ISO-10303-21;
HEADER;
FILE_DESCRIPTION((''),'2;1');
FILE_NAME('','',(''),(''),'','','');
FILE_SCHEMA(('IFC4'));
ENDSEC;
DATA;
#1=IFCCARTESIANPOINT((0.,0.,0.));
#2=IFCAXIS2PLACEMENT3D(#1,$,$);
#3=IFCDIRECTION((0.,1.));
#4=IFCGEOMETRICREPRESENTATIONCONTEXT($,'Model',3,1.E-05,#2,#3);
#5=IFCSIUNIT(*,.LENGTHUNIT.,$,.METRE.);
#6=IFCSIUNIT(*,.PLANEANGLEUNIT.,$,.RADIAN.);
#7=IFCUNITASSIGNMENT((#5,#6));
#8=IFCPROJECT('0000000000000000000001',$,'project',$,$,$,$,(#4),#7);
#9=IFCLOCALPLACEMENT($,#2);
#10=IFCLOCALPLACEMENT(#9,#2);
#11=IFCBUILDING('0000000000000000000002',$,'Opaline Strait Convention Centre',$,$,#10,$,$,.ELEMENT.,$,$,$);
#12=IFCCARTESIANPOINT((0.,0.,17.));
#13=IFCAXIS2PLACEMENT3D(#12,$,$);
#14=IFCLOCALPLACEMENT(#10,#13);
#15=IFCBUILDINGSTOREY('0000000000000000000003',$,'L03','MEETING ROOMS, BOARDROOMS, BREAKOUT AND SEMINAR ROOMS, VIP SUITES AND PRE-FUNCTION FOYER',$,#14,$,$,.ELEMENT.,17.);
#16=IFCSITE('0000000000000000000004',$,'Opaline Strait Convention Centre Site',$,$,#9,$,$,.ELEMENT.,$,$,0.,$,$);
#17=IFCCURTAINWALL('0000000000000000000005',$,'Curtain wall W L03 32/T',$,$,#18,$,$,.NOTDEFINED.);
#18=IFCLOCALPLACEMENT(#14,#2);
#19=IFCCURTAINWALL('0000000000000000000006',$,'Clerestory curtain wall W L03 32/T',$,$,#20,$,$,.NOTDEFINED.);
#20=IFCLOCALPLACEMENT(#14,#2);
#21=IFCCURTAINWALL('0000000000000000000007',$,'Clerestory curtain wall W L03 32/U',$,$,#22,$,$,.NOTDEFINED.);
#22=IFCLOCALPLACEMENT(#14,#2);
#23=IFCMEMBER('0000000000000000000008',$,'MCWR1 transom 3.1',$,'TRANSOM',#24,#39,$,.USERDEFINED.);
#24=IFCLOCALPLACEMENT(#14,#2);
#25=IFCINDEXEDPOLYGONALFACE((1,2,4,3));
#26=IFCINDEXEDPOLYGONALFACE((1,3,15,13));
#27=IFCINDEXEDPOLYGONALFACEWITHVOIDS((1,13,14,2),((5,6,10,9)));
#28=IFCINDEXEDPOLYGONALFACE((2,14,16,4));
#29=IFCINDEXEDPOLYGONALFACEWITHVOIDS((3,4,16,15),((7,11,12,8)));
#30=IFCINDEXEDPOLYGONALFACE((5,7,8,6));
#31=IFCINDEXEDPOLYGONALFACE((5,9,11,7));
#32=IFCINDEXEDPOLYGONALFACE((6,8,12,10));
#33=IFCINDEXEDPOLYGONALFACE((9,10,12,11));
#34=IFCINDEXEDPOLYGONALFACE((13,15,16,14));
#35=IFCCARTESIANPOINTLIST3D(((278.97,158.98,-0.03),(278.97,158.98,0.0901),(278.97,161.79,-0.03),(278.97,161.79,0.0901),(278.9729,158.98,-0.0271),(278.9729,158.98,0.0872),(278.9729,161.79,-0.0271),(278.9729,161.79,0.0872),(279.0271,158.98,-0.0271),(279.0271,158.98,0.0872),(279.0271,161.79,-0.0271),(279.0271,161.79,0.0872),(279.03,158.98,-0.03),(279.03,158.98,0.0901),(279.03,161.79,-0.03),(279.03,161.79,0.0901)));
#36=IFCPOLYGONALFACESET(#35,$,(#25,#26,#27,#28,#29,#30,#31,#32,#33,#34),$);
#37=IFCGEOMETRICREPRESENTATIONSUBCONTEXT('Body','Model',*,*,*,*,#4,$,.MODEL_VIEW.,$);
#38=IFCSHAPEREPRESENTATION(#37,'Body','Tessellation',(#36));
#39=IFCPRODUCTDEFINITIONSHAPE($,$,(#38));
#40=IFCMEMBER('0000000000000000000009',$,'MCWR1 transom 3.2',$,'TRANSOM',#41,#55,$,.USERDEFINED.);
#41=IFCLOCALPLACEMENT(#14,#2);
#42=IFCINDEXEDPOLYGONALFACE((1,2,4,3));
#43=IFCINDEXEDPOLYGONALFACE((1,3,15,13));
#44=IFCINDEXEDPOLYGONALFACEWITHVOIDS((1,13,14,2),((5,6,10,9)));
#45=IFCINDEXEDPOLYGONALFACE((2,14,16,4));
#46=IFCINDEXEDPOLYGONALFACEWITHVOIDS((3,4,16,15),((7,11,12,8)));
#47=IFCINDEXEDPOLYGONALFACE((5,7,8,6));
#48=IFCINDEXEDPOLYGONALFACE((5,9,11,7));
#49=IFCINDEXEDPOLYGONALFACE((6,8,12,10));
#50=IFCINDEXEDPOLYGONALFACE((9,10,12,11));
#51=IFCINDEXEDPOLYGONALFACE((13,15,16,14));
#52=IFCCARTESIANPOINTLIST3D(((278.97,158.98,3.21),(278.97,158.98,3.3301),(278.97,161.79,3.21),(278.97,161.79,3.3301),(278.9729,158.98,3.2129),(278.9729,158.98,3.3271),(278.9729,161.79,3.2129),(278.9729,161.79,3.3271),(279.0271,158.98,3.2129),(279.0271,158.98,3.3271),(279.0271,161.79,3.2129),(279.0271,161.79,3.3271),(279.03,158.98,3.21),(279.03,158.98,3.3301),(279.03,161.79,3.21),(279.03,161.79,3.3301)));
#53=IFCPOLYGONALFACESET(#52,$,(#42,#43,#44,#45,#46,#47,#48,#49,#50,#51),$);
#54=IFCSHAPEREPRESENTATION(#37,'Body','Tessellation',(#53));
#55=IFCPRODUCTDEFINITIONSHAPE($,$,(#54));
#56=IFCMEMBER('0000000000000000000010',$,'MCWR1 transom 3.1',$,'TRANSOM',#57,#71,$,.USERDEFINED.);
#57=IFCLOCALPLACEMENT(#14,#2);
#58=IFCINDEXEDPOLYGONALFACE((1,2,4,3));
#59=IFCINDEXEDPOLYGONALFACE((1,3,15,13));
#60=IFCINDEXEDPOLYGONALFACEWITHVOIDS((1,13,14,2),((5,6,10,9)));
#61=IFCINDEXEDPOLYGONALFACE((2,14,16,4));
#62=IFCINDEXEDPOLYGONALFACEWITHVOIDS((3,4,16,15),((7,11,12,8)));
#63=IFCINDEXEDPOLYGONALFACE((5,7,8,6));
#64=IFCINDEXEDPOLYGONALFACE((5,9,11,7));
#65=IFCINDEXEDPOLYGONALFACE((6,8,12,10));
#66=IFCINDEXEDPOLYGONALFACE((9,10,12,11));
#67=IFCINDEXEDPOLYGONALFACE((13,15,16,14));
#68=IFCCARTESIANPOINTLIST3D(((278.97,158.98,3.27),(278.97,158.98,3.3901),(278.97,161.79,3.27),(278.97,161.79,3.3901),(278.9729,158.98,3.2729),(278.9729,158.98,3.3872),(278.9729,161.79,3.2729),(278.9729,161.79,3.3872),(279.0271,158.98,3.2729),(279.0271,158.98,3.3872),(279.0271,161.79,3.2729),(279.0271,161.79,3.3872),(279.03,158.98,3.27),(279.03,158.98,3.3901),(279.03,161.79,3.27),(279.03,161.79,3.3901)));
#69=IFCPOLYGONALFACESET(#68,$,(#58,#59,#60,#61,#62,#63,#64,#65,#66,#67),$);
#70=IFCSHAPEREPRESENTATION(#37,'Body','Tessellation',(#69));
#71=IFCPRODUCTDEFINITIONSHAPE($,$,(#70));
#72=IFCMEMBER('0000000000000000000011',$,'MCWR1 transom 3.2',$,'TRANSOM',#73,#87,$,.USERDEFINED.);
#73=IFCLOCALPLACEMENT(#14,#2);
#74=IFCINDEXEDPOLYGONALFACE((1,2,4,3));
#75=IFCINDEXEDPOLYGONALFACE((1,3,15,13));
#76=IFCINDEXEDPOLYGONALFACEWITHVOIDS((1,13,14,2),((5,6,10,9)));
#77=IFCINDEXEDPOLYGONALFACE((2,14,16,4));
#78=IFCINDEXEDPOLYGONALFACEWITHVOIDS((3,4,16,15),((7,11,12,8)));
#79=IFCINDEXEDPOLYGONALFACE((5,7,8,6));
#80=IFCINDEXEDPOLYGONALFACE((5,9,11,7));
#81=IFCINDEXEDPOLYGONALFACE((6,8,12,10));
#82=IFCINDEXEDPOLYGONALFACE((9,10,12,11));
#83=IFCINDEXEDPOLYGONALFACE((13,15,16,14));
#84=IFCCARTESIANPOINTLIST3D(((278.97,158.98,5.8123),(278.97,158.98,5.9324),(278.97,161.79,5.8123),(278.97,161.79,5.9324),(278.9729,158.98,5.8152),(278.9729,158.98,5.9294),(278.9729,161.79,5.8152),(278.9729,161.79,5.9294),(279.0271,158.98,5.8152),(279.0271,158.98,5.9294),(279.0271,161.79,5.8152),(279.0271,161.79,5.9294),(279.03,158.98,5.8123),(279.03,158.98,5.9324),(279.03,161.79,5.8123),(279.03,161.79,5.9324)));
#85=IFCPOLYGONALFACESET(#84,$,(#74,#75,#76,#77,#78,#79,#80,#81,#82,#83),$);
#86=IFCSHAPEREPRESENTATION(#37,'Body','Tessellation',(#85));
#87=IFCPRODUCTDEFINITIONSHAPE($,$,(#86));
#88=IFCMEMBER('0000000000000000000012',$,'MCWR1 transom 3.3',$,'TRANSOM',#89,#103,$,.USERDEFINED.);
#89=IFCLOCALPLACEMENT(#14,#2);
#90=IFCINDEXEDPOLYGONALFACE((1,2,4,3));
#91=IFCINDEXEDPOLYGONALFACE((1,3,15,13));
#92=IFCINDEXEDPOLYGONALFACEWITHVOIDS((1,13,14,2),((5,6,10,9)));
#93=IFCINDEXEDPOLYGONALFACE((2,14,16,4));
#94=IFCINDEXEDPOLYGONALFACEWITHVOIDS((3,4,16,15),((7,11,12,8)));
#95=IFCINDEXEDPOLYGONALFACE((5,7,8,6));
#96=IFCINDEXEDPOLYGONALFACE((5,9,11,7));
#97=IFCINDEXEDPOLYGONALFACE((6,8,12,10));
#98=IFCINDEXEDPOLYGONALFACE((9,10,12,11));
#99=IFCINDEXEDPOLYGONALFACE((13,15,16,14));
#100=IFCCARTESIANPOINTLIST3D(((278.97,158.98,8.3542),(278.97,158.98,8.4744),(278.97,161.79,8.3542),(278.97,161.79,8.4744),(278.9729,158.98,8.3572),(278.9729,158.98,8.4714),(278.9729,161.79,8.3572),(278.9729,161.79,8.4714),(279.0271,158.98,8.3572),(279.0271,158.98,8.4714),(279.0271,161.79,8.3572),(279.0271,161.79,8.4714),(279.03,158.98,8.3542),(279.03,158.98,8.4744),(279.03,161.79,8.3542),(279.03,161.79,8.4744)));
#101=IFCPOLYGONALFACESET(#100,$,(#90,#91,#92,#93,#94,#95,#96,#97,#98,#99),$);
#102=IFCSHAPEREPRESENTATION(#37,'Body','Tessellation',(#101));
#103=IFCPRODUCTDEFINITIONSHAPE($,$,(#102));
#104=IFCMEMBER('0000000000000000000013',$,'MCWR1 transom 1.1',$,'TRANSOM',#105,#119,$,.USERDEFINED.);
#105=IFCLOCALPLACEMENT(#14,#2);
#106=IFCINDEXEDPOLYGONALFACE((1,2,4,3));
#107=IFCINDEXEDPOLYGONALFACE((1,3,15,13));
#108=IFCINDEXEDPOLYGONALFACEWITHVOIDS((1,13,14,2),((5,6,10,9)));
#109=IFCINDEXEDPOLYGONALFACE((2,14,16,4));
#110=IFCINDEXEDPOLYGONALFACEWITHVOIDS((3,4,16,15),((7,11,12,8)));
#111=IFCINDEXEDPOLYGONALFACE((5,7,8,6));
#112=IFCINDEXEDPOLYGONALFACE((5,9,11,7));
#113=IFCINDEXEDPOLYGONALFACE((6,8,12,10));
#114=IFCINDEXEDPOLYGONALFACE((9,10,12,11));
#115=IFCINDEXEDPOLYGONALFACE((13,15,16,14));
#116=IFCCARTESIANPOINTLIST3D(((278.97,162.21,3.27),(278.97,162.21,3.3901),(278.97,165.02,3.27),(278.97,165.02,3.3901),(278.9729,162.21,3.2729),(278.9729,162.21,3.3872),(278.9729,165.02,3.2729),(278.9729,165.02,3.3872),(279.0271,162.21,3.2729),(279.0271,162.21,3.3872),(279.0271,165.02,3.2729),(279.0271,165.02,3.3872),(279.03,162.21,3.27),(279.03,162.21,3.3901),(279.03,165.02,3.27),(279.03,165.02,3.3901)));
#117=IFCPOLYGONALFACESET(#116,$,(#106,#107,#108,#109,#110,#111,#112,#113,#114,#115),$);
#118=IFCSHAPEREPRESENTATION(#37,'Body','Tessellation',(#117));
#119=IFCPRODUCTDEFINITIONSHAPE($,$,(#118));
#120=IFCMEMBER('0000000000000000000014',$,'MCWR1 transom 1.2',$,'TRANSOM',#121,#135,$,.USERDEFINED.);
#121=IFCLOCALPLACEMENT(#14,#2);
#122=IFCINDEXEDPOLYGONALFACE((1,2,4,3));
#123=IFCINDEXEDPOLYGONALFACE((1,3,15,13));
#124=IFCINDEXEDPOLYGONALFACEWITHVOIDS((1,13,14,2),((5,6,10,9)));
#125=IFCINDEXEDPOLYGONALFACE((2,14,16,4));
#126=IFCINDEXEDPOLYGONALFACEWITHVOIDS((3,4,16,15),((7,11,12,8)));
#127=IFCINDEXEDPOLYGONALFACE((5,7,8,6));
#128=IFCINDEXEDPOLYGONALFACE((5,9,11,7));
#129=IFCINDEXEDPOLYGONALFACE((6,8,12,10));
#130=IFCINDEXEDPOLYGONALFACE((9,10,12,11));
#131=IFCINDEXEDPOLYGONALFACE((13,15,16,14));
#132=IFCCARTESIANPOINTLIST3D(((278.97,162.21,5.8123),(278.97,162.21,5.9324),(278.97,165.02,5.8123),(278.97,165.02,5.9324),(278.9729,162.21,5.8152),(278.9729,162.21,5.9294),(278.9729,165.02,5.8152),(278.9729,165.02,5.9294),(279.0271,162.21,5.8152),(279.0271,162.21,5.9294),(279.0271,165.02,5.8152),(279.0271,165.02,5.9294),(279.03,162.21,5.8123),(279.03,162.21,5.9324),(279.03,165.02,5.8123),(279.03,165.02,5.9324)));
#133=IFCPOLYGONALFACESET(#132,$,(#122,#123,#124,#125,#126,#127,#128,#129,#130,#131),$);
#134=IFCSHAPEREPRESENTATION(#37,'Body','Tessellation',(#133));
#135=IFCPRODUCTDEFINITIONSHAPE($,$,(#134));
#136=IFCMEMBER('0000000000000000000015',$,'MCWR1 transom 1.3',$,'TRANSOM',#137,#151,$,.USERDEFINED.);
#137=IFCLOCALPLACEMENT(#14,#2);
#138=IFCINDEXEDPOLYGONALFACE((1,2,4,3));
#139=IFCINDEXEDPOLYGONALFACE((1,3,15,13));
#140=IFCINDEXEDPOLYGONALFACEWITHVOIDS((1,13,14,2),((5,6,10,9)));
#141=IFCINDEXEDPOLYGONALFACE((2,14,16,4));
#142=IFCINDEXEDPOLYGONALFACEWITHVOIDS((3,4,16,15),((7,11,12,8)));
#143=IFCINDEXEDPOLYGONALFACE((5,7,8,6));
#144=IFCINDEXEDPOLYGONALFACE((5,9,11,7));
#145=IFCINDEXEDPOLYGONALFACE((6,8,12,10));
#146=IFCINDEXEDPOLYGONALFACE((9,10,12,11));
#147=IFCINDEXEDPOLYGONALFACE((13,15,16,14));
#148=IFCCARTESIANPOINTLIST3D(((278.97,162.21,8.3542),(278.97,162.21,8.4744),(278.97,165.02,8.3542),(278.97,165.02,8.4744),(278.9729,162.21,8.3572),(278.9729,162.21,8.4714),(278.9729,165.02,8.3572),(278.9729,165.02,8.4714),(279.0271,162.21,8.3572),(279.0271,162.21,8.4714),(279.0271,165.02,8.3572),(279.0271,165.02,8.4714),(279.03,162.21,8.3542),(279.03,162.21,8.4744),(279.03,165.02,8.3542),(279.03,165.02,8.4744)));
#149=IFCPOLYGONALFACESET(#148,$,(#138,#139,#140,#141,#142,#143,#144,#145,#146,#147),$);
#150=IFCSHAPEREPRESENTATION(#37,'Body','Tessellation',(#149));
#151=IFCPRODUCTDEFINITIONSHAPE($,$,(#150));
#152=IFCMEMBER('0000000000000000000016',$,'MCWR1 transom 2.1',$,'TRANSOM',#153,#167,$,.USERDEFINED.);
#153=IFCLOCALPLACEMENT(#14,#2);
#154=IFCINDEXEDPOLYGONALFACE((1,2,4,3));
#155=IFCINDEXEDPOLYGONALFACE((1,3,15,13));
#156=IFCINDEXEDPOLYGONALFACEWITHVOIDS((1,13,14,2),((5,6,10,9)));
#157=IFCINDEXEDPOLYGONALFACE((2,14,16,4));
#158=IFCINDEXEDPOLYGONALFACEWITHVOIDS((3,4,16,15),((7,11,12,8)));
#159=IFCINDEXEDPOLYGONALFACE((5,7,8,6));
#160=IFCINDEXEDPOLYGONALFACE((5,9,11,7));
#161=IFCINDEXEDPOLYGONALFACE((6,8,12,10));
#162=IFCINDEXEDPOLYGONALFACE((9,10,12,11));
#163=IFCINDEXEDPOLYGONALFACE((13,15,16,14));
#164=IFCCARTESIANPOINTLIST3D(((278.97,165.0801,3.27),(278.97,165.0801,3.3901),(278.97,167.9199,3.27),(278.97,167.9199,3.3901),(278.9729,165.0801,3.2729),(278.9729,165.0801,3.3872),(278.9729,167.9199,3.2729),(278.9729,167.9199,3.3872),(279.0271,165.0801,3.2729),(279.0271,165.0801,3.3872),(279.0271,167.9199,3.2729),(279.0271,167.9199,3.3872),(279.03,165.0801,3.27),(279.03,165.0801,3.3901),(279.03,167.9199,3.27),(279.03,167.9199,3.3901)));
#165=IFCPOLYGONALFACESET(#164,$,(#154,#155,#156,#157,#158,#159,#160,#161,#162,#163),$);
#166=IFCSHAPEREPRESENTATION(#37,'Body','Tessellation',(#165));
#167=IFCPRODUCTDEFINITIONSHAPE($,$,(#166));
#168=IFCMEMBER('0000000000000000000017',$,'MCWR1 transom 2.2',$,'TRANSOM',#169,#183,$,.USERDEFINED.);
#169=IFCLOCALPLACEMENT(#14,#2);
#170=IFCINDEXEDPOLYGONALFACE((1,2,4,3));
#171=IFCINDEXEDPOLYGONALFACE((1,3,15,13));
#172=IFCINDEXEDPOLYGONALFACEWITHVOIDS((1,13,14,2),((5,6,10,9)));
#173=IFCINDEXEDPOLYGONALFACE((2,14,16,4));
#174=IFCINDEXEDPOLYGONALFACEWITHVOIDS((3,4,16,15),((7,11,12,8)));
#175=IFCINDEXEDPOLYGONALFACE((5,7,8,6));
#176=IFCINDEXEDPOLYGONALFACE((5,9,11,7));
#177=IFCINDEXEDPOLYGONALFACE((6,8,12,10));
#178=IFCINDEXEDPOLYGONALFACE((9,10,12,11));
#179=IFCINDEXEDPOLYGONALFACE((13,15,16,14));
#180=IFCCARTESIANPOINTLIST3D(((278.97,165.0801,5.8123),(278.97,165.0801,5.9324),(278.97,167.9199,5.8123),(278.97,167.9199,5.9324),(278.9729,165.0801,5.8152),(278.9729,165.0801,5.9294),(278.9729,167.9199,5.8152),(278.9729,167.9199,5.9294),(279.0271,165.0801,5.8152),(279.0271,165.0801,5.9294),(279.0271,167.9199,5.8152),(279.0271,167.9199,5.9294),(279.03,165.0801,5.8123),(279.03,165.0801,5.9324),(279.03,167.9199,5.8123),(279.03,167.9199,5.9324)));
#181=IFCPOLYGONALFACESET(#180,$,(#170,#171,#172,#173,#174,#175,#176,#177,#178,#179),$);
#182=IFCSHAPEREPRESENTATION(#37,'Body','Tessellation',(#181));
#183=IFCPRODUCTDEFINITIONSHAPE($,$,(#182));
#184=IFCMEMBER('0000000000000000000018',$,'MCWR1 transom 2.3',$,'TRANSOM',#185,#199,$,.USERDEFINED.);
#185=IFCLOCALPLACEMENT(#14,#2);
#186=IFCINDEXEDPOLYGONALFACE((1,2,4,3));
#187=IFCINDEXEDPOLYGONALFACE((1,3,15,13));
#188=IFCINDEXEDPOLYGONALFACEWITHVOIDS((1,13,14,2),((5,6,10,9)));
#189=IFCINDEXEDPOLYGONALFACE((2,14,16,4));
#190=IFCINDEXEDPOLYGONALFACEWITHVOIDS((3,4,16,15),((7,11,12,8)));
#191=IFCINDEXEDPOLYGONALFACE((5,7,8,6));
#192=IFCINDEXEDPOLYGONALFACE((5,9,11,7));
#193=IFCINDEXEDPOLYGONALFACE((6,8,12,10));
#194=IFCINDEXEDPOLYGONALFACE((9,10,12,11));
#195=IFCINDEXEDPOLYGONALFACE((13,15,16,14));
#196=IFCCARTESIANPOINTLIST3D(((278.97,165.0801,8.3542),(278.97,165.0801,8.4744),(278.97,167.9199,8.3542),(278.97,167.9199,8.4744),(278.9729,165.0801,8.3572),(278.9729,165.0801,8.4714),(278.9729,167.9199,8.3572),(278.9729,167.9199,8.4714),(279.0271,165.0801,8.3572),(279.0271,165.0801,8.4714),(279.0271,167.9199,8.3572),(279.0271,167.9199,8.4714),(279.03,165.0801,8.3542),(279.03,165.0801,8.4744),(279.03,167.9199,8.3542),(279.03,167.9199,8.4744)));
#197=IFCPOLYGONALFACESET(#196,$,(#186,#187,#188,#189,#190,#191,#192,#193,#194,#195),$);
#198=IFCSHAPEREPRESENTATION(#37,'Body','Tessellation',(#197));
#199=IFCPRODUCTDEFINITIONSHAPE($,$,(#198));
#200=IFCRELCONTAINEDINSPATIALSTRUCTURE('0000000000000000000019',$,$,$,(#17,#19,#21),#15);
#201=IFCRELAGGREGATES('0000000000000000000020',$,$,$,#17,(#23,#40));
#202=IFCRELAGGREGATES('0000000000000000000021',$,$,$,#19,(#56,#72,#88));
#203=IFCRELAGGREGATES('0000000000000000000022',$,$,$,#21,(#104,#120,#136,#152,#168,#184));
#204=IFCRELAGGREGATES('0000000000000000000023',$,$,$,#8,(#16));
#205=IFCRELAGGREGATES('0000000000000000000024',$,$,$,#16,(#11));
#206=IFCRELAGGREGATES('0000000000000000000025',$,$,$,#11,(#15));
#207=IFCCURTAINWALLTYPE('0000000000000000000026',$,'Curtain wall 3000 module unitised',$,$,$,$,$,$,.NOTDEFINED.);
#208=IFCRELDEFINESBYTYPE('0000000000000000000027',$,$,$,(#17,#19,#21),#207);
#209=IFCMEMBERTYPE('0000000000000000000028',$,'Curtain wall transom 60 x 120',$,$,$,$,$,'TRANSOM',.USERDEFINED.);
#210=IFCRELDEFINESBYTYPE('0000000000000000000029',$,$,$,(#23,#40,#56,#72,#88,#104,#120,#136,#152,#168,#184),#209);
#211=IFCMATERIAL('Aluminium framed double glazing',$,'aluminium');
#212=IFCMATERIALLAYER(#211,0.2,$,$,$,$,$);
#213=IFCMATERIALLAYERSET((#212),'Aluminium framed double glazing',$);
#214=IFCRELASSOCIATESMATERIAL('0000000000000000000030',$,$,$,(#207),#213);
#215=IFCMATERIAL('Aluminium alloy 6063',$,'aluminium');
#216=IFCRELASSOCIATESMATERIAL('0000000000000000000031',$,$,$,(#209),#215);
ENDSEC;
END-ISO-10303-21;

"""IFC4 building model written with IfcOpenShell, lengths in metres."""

from ifc_helpers import new_model, si_unit, direction, frame, origin, origin_2d, place, context, subcontext, project, spatial, hollow_rectangle, extrude, material, layer, layer_set, material_profile, profile_set, type_object, element, aggregate, save


model = new_model("IFC4")

# Units and contexts
model_context = context("Model", 3, precision=1e-05, world=origin(), true_north=direction((0.0, 1.0)))
body_context = subcontext(model_context, "Body", "Model", "MODEL_VIEW")
ifc_project = project(units=[si_unit("LENGTHUNIT", "METRE"), si_unit("PLANEANGLEUNIT", "RADIAN")], contexts=[model_context])

# Site, building, storey
site_placement = place(None, origin())
site = spatial("IfcSite", under=ifc_project, at=site_placement, Name="Opaline Strait Convention Centre Site", CompositionType="ELEMENT", RefElevation=0.0)
building_placement = place(site_placement, origin())
building = spatial("IfcBuilding", under=site, at=building_placement, Name="Opaline Strait Convention Centre", CompositionType="ELEMENT")
storey_placement = place(building_placement, frame((0.0, 0.0, 17.0)))
storey = spatial("IfcBuildingStorey", under=building, at=storey_placement, Name="L03", Description="MEETING ROOMS, BOARDROOMS, BREAKOUT AND SEMINAR ROOMS, VIP SUITES AND PRE-FUNCTION FOYER", CompositionType="ELEMENT", Elevation=17.0)

# Curtain walls
ifc_material_1 = material(Name="Aluminium framed double glazing", Category="aluminium")
ifc_layer_1 = layer(ifc_material_1, 0.2)
ifc_layer_set_1 = layer_set([ifc_layer_1], Name="Aluminium framed double glazing")
curtain_wall_type = type_object("IfcCurtainWallType", Name="Curtain wall 3000 module unitised", PredefinedType="NOTDEFINED", material=ifc_layer_set_1)
curtain_wall_1_placement = place(storey_placement, origin())
curtain_wall_1 = element("IfcCurtainWall", 1, at=curtain_wall_1_placement, inside=storey, type_object=curtain_wall_type, Name="Curtain wall W L03 32/T", PredefinedType="NOTDEFINED")
ifc_material_2 = material(Name="Aluminium alloy 6063", Category="aluminium")
curtain_wall_2_placement = place(storey_placement, origin())
curtain_wall_2 = element("IfcCurtainWall", 2, at=curtain_wall_2_placement, inside=storey, type_object=curtain_wall_type, Name="Clerestory curtain wall W L03 32/T", PredefinedType="NOTDEFINED")
curtain_wall_3_placement = place(storey_placement, origin())
curtain_wall_3 = element("IfcCurtainWall", 3, at=curtain_wall_3_placement, inside=storey, type_object=curtain_wall_type, Name="Clerestory curtain wall W L03 32/U", PredefinedType="NOTDEFINED")

# Members
ifc_material_profile_1 = material_profile(ifc_material_2, hollow_rectangle(XDim=0.0601, YDim=0.1201, WallThickness=0.0029, at=origin_2d()), Name="TRANSOM 60x120x3")
ifc_profile_set_1 = profile_set([ifc_material_profile_1], Name="Aluminium alloy 6063")
member_type_1 = type_object("IfcMemberType", Name="Curtain wall transom 60 x 120", ElementType="TRANSOM", PredefinedType="USERDEFINED", material=ifc_profile_set_1)
member_1_placement = place(storey_placement, frame((279.0, 158.98, 0.03), z_axis=(0.0, 1.0, 0.0), x_axis=(-1.0, 0.0, 0.0)))
member_1 = element("IfcMember", 4, at=member_1_placement, type_object=member_type_1, Name="MCWR1 transom 3.1", ObjectType="TRANSOM", PredefinedType="USERDEFINED", context=body_context, shape_type="SweptSolid", body=[
    extrude(hollow_rectangle(XDim=0.0601, YDim=0.1201, WallThickness=0.0029, at=origin_2d()), origin(), (0.0, 0.0, 1.0), 2.8101),
])
member_2_placement = place(storey_placement, frame((279.0, 158.98, 3.27), z_axis=(0.0, 1.0, 0.0), x_axis=(-1.0, 0.0, 0.0)))
member_2 = element("IfcMember", 5, at=member_2_placement, type_object=member_type_1, Name="MCWR1 transom 3.2", ObjectType="TRANSOM", PredefinedType="USERDEFINED", context=body_context, shape_type="SweptSolid", body=[
    extrude(hollow_rectangle(XDim=0.0601, YDim=0.1201, WallThickness=0.0029, at=origin_2d()), origin(), (0.0, 0.0, 1.0), 2.8101),
])
member_3_placement = place(storey_placement, frame((279.0, 158.98, 3.3301), z_axis=(0.0, 1.0, 0.0), x_axis=(-1.0, 0.0, 0.0)))
member_3 = element("IfcMember", 6, at=member_3_placement, type_object=member_type_1, Name="MCWR1 transom 3.1", ObjectType="TRANSOM", PredefinedType="USERDEFINED", context=body_context, shape_type="SweptSolid", body=[
    extrude(hollow_rectangle(XDim=0.0601, YDim=0.1201, WallThickness=0.0029, at=origin_2d()), origin(), (0.0, 0.0, 1.0), 2.8101),
])
member_4_placement = place(storey_placement, frame((279.0, 158.98, 5.8723), z_axis=(0.0, 1.0, 0.0), x_axis=(-1.0, 0.0, 0.0)))
member_4 = element("IfcMember", 7, at=member_4_placement, type_object=member_type_1, Name="MCWR1 transom 3.2", ObjectType="TRANSOM", PredefinedType="USERDEFINED", context=body_context, shape_type="SweptSolid", body=[
    extrude(hollow_rectangle(XDim=0.0601, YDim=0.1201, WallThickness=0.0029, at=origin_2d()), origin(), (0.0, 0.0, 1.0), 2.8101),
])
member_5_placement = place(storey_placement, frame((279.0, 158.98, 8.4143), z_axis=(0.0, 1.0, 0.0), x_axis=(-1.0, 0.0, 0.0)))
member_5 = element("IfcMember", 8, at=member_5_placement, type_object=member_type_1, Name="MCWR1 transom 3.3", ObjectType="TRANSOM", PredefinedType="USERDEFINED", context=body_context, shape_type="SweptSolid", body=[
    extrude(hollow_rectangle(XDim=0.0601, YDim=0.1201, WallThickness=0.0029, at=origin_2d()), origin(), (0.0, 0.0, 1.0), 2.8101),
])
member_6_placement = place(storey_placement, frame((279.0, 162.21, 3.3301), z_axis=(0.0, 1.0, 0.0), x_axis=(-1.0, 0.0, 0.0)))
member_6 = element("IfcMember", 9, at=member_6_placement, type_object=member_type_1, Name="MCWR1 transom 1.1", ObjectType="TRANSOM", PredefinedType="USERDEFINED", context=body_context, shape_type="SweptSolid", body=[
    extrude(hollow_rectangle(XDim=0.0601, YDim=0.1201, WallThickness=0.0029, at=origin_2d()), origin(), (0.0, 0.0, 1.0), 2.8101),
])
member_7_placement = place(storey_placement, frame((279.0, 162.21, 5.8723), z_axis=(0.0, 1.0, 0.0), x_axis=(-1.0, 0.0, 0.0)))
member_7 = element("IfcMember", 10, at=member_7_placement, type_object=member_type_1, Name="MCWR1 transom 1.2", ObjectType="TRANSOM", PredefinedType="USERDEFINED", context=body_context, shape_type="SweptSolid", body=[
    extrude(hollow_rectangle(XDim=0.0601, YDim=0.1201, WallThickness=0.0029, at=origin_2d()), origin(), (0.0, 0.0, 1.0), 2.8101),
])
member_8_placement = place(storey_placement, frame((279.0, 162.21, 8.4143), z_axis=(0.0, 1.0, 0.0), x_axis=(-1.0, 0.0, 0.0)))
member_8 = element("IfcMember", 11, at=member_8_placement, type_object=member_type_1, Name="MCWR1 transom 1.3", ObjectType="TRANSOM", PredefinedType="USERDEFINED", context=body_context, shape_type="SweptSolid", body=[
    extrude(hollow_rectangle(XDim=0.0601, YDim=0.1201, WallThickness=0.0029, at=origin_2d()), origin(), (0.0, 0.0, 1.0), 2.8101),
])
member_9_placement = place(storey_placement, frame((279.0, 165.0801, 3.3301), z_axis=(0.0, 1.0, 0.0), x_axis=(-1.0, 0.0, 0.0)))
member_9 = element("IfcMember", 12, at=member_9_placement, type_object=member_type_1, Name="MCWR1 transom 2.1", ObjectType="TRANSOM", PredefinedType="USERDEFINED", context=body_context, shape_type="SweptSolid", body=[
    extrude(hollow_rectangle(XDim=0.0601, YDim=0.1201, WallThickness=0.0029, at=origin_2d()), origin(), (0.0, 0.0, 1.0), 2.8398),
])
member_10_placement = place(storey_placement, frame((279.0, 165.0801, 5.8723), z_axis=(0.0, 1.0, 0.0), x_axis=(-1.0, 0.0, 0.0)))
member_10 = element("IfcMember", 13, at=member_10_placement, type_object=member_type_1, Name="MCWR1 transom 2.2", ObjectType="TRANSOM", PredefinedType="USERDEFINED", context=body_context, shape_type="SweptSolid", body=[
    extrude(hollow_rectangle(XDim=0.0601, YDim=0.1201, WallThickness=0.0029, at=origin_2d()), origin(), (0.0, 0.0, 1.0), 2.8398),
])
member_11_placement = place(storey_placement, frame((279.0, 165.0801, 8.4143), z_axis=(0.0, 1.0, 0.0), x_axis=(-1.0, 0.0, 0.0)))
member_11 = element("IfcMember", 14, at=member_11_placement, type_object=member_type_1, Name="MCWR1 transom 2.3", ObjectType="TRANSOM", PredefinedType="USERDEFINED", context=body_context, shape_type="SweptSolid", body=[
    extrude(hollow_rectangle(XDim=0.0601, YDim=0.1201, WallThickness=0.0029, at=origin_2d()), origin(), (0.0, 0.0, 1.0), 2.8398),
])

aggregate(curtain_wall_1, [member_1, member_2])
aggregate(curtain_wall_2, [member_3, member_4, member_5])
aggregate(curtain_wall_3, [member_6, member_7, member_8, member_9, member_10, member_11])

save(model, "model.ifc")
